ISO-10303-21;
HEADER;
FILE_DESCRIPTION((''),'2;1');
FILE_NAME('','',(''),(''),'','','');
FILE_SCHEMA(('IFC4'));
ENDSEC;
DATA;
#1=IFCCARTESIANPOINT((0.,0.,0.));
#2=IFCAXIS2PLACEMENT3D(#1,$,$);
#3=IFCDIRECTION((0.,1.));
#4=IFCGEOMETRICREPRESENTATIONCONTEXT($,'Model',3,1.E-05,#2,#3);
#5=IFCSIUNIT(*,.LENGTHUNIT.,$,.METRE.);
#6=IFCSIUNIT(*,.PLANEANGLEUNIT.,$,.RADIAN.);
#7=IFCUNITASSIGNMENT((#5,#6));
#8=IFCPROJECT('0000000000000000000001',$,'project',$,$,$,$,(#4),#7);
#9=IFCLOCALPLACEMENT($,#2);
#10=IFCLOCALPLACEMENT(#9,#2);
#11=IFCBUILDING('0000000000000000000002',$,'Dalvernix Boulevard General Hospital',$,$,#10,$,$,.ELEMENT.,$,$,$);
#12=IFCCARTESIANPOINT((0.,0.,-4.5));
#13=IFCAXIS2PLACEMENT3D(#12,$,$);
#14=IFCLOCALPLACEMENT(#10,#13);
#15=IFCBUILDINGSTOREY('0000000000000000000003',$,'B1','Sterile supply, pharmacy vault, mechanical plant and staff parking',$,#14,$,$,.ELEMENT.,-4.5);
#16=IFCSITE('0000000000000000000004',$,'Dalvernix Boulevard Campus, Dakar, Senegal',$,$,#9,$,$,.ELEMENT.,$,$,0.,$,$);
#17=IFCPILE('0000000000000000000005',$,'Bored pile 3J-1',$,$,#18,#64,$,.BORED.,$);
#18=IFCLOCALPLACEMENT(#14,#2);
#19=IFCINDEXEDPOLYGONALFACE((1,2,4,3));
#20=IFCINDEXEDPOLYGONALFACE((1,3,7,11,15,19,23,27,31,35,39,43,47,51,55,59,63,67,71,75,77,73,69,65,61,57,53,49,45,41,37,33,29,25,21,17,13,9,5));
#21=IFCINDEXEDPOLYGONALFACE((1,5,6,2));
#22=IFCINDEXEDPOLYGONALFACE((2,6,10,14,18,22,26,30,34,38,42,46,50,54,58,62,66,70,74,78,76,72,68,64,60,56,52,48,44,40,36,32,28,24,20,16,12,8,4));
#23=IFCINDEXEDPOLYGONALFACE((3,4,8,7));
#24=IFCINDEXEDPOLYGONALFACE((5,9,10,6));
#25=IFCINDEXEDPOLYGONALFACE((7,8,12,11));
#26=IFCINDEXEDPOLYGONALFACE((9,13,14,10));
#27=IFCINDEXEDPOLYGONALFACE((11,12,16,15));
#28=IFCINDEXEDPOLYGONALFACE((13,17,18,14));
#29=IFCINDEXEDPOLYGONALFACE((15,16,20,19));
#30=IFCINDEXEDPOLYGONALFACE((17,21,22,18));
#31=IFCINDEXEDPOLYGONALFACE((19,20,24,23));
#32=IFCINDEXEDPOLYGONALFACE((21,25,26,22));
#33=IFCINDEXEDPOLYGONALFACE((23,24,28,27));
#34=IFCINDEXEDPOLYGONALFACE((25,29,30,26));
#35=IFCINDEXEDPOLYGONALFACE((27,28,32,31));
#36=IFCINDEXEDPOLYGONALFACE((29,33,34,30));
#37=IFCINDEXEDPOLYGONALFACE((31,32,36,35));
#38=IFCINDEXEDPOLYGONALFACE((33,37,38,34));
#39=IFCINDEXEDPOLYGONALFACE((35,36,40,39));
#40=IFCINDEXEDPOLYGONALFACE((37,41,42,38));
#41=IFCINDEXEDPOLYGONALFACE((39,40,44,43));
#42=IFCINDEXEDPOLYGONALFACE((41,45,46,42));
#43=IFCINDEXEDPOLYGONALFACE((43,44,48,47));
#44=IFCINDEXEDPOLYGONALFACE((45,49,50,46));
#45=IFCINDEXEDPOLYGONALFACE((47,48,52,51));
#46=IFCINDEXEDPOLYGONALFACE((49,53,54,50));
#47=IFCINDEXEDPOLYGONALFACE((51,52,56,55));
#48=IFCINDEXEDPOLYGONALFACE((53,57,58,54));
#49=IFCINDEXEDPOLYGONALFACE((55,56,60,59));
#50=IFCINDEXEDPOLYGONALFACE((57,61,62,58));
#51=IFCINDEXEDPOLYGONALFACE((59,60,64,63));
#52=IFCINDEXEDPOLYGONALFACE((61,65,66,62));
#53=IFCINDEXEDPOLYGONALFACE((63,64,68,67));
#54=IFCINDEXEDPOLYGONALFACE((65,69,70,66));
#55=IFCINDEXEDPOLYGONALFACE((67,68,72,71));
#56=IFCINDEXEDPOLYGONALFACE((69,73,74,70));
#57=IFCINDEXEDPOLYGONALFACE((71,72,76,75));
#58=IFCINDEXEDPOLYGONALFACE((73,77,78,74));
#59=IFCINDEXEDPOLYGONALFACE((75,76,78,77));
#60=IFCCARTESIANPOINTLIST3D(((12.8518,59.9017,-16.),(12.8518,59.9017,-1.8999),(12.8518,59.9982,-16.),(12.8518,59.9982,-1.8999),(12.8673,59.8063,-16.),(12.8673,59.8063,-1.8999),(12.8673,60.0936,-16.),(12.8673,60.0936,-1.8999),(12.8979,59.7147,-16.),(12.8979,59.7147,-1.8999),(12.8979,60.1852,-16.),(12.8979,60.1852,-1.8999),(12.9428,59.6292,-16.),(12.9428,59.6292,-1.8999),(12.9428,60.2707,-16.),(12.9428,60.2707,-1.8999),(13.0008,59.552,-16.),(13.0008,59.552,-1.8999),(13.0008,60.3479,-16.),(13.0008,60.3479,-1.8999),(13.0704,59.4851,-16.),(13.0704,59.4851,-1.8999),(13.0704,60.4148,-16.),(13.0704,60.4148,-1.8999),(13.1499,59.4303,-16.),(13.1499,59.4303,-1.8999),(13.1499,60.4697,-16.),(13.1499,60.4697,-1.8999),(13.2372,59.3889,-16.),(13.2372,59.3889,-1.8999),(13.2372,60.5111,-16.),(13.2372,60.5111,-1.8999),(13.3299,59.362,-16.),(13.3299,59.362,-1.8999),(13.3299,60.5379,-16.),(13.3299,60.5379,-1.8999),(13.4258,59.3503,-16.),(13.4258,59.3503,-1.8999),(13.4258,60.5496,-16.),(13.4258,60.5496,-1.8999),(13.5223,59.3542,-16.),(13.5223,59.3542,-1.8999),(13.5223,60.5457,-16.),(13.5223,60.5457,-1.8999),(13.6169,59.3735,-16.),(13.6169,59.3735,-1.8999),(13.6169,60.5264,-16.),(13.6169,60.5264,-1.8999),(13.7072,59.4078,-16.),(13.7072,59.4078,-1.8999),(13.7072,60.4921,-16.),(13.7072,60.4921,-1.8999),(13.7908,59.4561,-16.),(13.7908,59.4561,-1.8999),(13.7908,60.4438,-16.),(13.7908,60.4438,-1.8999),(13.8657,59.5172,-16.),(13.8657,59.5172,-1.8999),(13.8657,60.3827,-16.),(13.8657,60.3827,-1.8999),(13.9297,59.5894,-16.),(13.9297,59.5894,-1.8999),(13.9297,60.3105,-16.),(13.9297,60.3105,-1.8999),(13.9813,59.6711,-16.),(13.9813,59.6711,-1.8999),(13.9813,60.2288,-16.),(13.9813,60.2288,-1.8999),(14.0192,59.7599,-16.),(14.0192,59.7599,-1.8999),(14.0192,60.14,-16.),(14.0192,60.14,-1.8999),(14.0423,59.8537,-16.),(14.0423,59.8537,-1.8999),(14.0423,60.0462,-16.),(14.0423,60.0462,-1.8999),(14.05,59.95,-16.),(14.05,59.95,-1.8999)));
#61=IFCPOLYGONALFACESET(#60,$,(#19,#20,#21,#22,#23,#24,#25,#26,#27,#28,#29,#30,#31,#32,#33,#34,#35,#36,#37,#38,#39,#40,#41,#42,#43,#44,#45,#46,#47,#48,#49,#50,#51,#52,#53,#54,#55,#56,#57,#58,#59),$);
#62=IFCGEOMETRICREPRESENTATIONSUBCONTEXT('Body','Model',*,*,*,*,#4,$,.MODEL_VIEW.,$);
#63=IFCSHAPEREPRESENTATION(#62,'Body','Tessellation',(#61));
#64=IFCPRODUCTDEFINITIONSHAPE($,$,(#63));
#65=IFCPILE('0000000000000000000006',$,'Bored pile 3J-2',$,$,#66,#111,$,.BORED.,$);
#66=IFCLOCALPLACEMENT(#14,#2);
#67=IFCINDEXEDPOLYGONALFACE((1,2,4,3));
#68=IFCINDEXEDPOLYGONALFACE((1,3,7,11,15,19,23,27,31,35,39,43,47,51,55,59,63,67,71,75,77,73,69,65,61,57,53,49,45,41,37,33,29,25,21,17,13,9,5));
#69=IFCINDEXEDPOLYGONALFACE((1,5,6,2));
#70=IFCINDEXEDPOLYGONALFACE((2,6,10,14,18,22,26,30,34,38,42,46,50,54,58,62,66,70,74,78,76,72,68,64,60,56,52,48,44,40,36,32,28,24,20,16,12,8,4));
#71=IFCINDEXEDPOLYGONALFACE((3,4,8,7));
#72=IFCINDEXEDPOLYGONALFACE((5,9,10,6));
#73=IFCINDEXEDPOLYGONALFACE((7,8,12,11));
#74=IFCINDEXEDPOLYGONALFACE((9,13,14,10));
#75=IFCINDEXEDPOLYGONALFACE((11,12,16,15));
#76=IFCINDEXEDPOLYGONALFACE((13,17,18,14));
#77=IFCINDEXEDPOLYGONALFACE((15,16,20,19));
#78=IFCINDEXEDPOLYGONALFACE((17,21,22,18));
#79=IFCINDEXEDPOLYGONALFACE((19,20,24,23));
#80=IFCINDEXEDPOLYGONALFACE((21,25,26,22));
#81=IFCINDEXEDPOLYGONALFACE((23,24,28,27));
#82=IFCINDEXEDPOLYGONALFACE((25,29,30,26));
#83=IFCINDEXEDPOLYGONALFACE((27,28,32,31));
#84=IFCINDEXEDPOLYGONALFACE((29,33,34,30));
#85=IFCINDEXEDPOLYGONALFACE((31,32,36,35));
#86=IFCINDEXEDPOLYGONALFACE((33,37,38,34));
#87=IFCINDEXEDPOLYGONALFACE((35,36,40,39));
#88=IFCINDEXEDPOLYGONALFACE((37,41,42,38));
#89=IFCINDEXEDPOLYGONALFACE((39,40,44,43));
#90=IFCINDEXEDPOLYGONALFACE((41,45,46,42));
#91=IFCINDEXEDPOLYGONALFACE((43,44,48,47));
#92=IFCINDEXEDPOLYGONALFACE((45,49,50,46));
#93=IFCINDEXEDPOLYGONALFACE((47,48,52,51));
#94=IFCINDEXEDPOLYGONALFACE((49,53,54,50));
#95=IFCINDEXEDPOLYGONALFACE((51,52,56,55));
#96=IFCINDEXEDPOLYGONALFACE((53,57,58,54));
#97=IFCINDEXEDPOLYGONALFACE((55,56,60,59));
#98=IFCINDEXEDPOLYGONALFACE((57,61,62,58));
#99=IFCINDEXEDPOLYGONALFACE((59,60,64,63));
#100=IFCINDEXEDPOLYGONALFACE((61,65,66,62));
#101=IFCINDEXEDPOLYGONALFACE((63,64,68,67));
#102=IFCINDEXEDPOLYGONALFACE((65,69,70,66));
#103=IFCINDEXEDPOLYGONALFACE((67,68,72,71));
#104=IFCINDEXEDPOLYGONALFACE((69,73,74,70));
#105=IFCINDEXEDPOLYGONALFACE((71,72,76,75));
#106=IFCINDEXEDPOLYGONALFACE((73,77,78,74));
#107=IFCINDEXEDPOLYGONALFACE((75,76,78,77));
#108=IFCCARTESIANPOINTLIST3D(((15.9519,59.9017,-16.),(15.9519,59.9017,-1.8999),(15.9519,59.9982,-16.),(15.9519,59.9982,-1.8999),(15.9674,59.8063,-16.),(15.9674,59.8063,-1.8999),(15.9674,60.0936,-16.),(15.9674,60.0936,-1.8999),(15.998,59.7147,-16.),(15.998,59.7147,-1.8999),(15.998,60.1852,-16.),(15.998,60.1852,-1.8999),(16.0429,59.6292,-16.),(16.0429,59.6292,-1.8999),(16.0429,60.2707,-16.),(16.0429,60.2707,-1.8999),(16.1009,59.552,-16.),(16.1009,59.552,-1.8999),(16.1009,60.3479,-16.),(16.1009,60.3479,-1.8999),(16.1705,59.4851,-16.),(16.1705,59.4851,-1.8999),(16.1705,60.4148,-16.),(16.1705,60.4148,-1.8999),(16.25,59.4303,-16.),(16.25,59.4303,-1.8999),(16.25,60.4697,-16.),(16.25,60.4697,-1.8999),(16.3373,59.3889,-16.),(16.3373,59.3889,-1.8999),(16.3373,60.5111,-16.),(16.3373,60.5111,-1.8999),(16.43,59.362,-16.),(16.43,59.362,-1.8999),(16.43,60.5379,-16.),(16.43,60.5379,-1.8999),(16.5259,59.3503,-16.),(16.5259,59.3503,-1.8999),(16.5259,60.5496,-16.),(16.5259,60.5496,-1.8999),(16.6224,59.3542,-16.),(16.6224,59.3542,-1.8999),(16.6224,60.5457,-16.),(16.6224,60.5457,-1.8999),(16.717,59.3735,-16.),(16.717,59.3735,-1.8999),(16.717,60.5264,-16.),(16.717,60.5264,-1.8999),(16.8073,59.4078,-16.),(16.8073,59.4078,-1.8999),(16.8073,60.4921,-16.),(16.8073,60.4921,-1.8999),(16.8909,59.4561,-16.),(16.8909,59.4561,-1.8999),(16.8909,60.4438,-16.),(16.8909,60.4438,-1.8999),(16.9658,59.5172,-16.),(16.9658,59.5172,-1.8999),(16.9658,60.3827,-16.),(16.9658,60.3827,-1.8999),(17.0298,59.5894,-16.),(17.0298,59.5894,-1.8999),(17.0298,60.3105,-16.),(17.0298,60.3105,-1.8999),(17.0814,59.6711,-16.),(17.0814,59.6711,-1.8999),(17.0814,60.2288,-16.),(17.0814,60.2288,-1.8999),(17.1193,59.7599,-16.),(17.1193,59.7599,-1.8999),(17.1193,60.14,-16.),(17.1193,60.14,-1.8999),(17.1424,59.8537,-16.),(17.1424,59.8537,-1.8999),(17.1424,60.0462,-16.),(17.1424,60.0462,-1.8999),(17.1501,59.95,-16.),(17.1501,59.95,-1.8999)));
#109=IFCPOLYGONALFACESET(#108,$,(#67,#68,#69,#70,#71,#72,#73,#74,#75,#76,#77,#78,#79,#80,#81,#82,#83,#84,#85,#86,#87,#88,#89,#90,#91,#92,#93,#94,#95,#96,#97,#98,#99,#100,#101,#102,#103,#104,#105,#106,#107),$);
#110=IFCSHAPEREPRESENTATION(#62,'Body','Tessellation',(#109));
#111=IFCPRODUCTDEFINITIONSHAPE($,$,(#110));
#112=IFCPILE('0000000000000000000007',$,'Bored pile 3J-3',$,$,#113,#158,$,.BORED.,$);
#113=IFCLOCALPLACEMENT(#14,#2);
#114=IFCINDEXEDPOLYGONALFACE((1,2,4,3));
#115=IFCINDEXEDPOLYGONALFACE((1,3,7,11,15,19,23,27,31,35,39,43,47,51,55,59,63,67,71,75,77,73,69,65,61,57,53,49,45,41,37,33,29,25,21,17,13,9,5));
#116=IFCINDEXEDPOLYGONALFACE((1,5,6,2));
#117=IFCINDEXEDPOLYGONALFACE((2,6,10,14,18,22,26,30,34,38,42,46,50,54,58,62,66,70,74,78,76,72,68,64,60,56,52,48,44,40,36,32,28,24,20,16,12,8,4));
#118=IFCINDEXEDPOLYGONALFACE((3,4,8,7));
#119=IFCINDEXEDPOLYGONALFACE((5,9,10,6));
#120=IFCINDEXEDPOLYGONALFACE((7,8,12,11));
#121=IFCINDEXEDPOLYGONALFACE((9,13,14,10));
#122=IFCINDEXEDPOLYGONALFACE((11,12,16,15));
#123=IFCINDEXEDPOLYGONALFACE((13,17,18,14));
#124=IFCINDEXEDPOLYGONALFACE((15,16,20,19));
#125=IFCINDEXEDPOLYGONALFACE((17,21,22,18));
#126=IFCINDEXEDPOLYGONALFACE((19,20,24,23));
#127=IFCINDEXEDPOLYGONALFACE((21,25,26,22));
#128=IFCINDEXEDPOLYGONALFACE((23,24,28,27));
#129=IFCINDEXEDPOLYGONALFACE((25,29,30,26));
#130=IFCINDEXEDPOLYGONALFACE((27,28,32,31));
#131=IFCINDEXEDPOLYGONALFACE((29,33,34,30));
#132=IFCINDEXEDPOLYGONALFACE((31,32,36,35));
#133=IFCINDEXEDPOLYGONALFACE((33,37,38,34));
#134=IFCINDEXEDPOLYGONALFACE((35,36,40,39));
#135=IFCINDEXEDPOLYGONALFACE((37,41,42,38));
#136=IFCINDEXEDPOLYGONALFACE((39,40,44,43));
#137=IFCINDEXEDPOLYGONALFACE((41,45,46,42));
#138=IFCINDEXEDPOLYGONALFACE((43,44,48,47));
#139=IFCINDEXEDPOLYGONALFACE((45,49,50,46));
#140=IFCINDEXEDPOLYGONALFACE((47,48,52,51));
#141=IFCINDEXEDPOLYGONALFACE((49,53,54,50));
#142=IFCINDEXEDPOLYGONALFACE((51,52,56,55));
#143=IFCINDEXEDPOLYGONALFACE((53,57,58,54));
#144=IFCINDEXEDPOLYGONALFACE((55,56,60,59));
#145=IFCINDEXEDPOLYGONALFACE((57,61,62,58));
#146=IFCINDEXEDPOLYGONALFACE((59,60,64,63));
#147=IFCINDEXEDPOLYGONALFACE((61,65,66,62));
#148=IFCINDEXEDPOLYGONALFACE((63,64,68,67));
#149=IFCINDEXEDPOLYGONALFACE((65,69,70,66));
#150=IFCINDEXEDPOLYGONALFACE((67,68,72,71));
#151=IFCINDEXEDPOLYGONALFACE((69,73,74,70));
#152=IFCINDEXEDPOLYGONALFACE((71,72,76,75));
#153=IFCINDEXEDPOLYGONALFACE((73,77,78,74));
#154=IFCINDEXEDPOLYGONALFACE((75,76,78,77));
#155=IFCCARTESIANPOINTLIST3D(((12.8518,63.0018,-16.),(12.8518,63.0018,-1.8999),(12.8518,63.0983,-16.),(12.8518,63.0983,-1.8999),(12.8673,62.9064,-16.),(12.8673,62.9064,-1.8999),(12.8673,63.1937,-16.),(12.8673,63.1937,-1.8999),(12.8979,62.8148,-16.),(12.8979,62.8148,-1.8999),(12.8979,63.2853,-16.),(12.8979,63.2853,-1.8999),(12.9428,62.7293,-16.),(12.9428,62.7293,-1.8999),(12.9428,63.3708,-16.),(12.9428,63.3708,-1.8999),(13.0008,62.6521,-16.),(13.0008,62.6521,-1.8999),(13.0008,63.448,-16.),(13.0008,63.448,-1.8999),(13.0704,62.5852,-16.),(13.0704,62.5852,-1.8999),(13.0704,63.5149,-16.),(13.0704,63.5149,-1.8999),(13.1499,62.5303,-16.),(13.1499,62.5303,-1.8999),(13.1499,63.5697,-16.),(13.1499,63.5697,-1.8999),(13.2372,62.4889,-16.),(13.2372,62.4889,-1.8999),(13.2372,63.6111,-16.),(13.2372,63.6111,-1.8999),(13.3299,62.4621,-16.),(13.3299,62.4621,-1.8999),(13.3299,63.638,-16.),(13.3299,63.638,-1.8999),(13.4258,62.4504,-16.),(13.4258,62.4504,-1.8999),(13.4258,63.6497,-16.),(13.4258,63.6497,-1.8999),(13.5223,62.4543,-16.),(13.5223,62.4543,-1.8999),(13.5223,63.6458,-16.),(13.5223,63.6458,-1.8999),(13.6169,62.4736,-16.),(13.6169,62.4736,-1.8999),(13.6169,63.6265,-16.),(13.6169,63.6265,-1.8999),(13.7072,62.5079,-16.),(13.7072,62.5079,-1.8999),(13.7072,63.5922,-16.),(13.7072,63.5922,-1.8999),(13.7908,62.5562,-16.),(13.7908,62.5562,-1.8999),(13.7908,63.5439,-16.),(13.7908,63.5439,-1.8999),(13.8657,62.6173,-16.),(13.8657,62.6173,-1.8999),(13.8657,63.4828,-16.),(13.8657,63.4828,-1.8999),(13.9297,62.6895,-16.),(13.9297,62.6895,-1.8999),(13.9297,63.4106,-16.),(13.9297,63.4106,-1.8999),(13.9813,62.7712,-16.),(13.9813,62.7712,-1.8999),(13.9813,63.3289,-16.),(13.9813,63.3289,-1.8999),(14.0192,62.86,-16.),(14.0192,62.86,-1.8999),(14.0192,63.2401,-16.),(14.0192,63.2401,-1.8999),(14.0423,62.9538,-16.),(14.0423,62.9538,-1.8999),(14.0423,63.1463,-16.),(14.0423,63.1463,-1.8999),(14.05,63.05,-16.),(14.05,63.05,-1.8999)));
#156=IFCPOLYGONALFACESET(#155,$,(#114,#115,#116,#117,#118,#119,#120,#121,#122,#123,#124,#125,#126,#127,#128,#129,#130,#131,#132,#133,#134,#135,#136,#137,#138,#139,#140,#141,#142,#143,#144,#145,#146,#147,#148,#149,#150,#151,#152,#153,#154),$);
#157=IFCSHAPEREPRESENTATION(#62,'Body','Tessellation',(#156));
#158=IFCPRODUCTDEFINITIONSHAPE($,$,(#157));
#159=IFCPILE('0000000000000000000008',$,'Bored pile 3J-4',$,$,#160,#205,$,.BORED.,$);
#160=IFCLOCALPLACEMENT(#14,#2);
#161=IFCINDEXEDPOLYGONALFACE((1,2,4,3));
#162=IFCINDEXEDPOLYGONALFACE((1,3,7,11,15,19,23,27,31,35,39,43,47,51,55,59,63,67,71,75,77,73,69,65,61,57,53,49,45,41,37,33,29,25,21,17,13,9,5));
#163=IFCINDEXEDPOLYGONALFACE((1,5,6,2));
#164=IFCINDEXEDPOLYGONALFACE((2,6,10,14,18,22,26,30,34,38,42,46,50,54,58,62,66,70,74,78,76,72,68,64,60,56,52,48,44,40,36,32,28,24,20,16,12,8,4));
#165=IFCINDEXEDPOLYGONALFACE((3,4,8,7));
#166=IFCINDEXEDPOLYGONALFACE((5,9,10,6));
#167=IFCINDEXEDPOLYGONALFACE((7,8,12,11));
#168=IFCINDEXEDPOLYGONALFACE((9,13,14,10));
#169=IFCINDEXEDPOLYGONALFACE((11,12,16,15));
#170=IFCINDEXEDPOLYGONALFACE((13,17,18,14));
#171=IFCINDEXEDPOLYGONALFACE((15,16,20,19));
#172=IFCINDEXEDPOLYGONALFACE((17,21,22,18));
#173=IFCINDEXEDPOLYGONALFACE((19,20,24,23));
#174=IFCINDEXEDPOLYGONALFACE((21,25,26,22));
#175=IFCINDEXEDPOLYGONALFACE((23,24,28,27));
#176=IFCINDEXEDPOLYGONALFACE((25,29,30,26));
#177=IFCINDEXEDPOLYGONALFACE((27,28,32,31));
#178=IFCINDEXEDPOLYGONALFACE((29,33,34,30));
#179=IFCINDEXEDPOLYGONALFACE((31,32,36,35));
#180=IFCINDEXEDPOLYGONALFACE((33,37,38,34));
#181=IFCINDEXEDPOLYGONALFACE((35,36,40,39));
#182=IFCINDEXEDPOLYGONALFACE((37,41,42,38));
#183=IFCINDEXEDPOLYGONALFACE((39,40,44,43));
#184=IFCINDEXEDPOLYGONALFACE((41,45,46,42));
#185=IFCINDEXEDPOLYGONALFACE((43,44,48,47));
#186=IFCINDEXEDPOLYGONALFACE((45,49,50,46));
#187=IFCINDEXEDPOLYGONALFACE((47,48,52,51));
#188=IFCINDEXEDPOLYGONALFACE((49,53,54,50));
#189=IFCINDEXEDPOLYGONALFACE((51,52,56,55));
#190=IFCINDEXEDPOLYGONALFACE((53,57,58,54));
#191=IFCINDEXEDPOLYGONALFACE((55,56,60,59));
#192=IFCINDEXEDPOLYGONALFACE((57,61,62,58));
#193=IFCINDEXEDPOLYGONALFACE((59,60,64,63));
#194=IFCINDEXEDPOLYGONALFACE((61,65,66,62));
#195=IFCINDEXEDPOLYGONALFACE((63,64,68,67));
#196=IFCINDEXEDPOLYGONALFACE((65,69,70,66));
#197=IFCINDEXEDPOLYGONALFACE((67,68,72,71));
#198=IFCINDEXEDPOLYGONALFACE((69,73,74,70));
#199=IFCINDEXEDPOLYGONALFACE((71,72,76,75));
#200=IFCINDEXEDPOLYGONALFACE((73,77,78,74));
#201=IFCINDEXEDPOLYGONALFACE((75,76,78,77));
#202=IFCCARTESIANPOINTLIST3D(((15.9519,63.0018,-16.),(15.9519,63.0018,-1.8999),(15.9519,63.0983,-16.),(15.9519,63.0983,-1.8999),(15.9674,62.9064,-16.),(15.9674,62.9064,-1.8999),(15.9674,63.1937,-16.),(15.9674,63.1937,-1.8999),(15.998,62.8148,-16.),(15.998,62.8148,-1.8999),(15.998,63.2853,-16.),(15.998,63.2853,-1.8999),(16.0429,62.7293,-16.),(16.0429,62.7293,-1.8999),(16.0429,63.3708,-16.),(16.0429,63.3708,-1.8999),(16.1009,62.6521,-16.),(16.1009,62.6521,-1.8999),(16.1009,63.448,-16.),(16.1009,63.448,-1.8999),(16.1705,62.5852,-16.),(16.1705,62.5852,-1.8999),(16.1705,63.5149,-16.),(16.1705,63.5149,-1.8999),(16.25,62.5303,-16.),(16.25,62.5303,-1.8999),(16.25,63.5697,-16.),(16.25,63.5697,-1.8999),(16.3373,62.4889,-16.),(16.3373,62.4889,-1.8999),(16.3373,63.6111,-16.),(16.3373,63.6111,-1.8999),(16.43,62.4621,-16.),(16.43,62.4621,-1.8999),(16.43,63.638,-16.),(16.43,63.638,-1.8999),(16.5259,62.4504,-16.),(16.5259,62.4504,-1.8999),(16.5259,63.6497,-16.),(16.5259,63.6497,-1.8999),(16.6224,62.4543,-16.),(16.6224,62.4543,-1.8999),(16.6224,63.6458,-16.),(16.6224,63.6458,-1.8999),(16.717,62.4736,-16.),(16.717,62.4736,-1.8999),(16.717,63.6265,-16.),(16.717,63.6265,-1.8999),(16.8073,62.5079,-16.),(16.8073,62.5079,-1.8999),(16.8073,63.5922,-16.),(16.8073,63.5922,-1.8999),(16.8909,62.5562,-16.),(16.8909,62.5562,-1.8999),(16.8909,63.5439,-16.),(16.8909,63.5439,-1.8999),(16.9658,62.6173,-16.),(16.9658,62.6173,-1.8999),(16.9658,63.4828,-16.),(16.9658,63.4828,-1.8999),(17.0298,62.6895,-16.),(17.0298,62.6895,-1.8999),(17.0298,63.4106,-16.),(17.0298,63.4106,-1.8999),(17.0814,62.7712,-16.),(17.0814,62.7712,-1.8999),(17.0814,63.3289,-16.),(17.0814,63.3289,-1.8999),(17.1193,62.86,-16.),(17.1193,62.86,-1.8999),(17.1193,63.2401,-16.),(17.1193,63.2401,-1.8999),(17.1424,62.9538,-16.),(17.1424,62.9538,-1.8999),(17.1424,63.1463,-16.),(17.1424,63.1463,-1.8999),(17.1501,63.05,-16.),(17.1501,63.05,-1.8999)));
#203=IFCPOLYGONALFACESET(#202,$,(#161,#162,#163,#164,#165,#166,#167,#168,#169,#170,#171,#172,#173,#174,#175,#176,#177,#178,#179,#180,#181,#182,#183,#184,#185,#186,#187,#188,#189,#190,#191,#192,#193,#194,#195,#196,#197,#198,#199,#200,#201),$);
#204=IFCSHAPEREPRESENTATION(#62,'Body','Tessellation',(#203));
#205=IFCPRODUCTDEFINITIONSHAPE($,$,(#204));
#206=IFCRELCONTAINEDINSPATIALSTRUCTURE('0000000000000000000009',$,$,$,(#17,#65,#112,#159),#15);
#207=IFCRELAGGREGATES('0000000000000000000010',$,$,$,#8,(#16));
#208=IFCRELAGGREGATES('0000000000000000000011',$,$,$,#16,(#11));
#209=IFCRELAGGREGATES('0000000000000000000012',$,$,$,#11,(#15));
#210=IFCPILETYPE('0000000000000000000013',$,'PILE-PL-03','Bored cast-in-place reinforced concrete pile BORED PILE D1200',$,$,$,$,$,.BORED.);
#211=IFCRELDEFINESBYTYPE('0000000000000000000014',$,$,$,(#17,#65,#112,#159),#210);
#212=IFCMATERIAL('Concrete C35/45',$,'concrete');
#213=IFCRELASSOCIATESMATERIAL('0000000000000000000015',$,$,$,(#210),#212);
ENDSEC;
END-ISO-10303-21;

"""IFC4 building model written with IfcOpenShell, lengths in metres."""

from ifc_helpers import new_model, si_unit, direction, frame, origin, origin_2d, place, context, subcontext, project, spatial, circle, extrude, material, material_profile, profile_set, type_object, element, save


model = new_model("IFC4")

# Units and contexts
model_context = context("Model", 3, precision=1e-05, world=origin(), true_north=direction((0.0, 1.0)))
body_context = subcontext(model_context, "Body", "Model", "MODEL_VIEW")
ifc_project = project(units=[si_unit("LENGTHUNIT", "METRE"), si_unit("PLANEANGLEUNIT", "RADIAN")], contexts=[model_context])

# Site, building, storey
site_placement = place(None, origin())
site = spatial("IfcSite", under=ifc_project, at=site_placement, Name="Dalvernix Boulevard Campus, Dakar, Senegal", CompositionType="ELEMENT", RefElevation=0.0)
building_placement = place(site_placement, origin())
building = spatial("IfcBuilding", under=site, at=building_placement, Name="Dalvernix Boulevard General Hospital", CompositionType="ELEMENT")
storey_placement = place(building_placement, frame((0.0, 0.0, -4.5)))
storey = spatial("IfcBuildingStorey", under=building, at=storey_placement, Name="B1", Description="Sterile supply, pharmacy vault, mechanical plant and staff parking", CompositionType="ELEMENT", Elevation=-4.5)

# Shared definitions
ifc_material_1 = material(Name="Concrete C35/45", Category="concrete")

# Piles
ifc_material_profile_1 = material_profile(ifc_material_1, circle(Radius=0.6001, at=origin_2d()), Name="BORED PILE D1200")
ifc_profile_set_1 = profile_set([ifc_material_profile_1], Name="Concrete C35/45")
pile_type = type_object("IfcPileType", Name="PILE-PL-03", Description="Bored cast-in-place reinforced concrete pile BORED PILE D1200", PredefinedType="BORED", material=ifc_profile_set_1)
for number, where, z_axis, x_axis, name in (
    (1, (13.45, 59.95, -1.8999), (0.0, 0.0, -1.0), (1.0, 0.0, 0.0), "Bored pile 3J-1"),
    (2, (16.55, 59.95, -1.8999), (0.0, 0.0, -1.0), (1.0, 0.0, 0.0), "Bored pile 3J-2"),
    (3, (13.45, 63.05, -1.8999), (0.0, 0.0, -1.0), (1.0, 0.0, 0.0), "Bored pile 3J-3"),
    (4, (16.55, 63.05, -1.8999), (0.0, 0.0, -1.0), (1.0, 0.0, 0.0), "Bored pile 3J-4"),
):
    element("IfcPile", number, at=place(storey_placement, frame(where, z_axis=z_axis, x_axis=x_axis)), inside=storey, type_object=pile_type, Name=name, PredefinedType="BORED", context=body_context, shape_type="SweptSolid", body=[
        extrude(circle(Radius=0.6001, at=origin_2d()), origin(), (0.0, 0.0, 1.0), 14.1001),
    ])

save(model, "model.ifc")
